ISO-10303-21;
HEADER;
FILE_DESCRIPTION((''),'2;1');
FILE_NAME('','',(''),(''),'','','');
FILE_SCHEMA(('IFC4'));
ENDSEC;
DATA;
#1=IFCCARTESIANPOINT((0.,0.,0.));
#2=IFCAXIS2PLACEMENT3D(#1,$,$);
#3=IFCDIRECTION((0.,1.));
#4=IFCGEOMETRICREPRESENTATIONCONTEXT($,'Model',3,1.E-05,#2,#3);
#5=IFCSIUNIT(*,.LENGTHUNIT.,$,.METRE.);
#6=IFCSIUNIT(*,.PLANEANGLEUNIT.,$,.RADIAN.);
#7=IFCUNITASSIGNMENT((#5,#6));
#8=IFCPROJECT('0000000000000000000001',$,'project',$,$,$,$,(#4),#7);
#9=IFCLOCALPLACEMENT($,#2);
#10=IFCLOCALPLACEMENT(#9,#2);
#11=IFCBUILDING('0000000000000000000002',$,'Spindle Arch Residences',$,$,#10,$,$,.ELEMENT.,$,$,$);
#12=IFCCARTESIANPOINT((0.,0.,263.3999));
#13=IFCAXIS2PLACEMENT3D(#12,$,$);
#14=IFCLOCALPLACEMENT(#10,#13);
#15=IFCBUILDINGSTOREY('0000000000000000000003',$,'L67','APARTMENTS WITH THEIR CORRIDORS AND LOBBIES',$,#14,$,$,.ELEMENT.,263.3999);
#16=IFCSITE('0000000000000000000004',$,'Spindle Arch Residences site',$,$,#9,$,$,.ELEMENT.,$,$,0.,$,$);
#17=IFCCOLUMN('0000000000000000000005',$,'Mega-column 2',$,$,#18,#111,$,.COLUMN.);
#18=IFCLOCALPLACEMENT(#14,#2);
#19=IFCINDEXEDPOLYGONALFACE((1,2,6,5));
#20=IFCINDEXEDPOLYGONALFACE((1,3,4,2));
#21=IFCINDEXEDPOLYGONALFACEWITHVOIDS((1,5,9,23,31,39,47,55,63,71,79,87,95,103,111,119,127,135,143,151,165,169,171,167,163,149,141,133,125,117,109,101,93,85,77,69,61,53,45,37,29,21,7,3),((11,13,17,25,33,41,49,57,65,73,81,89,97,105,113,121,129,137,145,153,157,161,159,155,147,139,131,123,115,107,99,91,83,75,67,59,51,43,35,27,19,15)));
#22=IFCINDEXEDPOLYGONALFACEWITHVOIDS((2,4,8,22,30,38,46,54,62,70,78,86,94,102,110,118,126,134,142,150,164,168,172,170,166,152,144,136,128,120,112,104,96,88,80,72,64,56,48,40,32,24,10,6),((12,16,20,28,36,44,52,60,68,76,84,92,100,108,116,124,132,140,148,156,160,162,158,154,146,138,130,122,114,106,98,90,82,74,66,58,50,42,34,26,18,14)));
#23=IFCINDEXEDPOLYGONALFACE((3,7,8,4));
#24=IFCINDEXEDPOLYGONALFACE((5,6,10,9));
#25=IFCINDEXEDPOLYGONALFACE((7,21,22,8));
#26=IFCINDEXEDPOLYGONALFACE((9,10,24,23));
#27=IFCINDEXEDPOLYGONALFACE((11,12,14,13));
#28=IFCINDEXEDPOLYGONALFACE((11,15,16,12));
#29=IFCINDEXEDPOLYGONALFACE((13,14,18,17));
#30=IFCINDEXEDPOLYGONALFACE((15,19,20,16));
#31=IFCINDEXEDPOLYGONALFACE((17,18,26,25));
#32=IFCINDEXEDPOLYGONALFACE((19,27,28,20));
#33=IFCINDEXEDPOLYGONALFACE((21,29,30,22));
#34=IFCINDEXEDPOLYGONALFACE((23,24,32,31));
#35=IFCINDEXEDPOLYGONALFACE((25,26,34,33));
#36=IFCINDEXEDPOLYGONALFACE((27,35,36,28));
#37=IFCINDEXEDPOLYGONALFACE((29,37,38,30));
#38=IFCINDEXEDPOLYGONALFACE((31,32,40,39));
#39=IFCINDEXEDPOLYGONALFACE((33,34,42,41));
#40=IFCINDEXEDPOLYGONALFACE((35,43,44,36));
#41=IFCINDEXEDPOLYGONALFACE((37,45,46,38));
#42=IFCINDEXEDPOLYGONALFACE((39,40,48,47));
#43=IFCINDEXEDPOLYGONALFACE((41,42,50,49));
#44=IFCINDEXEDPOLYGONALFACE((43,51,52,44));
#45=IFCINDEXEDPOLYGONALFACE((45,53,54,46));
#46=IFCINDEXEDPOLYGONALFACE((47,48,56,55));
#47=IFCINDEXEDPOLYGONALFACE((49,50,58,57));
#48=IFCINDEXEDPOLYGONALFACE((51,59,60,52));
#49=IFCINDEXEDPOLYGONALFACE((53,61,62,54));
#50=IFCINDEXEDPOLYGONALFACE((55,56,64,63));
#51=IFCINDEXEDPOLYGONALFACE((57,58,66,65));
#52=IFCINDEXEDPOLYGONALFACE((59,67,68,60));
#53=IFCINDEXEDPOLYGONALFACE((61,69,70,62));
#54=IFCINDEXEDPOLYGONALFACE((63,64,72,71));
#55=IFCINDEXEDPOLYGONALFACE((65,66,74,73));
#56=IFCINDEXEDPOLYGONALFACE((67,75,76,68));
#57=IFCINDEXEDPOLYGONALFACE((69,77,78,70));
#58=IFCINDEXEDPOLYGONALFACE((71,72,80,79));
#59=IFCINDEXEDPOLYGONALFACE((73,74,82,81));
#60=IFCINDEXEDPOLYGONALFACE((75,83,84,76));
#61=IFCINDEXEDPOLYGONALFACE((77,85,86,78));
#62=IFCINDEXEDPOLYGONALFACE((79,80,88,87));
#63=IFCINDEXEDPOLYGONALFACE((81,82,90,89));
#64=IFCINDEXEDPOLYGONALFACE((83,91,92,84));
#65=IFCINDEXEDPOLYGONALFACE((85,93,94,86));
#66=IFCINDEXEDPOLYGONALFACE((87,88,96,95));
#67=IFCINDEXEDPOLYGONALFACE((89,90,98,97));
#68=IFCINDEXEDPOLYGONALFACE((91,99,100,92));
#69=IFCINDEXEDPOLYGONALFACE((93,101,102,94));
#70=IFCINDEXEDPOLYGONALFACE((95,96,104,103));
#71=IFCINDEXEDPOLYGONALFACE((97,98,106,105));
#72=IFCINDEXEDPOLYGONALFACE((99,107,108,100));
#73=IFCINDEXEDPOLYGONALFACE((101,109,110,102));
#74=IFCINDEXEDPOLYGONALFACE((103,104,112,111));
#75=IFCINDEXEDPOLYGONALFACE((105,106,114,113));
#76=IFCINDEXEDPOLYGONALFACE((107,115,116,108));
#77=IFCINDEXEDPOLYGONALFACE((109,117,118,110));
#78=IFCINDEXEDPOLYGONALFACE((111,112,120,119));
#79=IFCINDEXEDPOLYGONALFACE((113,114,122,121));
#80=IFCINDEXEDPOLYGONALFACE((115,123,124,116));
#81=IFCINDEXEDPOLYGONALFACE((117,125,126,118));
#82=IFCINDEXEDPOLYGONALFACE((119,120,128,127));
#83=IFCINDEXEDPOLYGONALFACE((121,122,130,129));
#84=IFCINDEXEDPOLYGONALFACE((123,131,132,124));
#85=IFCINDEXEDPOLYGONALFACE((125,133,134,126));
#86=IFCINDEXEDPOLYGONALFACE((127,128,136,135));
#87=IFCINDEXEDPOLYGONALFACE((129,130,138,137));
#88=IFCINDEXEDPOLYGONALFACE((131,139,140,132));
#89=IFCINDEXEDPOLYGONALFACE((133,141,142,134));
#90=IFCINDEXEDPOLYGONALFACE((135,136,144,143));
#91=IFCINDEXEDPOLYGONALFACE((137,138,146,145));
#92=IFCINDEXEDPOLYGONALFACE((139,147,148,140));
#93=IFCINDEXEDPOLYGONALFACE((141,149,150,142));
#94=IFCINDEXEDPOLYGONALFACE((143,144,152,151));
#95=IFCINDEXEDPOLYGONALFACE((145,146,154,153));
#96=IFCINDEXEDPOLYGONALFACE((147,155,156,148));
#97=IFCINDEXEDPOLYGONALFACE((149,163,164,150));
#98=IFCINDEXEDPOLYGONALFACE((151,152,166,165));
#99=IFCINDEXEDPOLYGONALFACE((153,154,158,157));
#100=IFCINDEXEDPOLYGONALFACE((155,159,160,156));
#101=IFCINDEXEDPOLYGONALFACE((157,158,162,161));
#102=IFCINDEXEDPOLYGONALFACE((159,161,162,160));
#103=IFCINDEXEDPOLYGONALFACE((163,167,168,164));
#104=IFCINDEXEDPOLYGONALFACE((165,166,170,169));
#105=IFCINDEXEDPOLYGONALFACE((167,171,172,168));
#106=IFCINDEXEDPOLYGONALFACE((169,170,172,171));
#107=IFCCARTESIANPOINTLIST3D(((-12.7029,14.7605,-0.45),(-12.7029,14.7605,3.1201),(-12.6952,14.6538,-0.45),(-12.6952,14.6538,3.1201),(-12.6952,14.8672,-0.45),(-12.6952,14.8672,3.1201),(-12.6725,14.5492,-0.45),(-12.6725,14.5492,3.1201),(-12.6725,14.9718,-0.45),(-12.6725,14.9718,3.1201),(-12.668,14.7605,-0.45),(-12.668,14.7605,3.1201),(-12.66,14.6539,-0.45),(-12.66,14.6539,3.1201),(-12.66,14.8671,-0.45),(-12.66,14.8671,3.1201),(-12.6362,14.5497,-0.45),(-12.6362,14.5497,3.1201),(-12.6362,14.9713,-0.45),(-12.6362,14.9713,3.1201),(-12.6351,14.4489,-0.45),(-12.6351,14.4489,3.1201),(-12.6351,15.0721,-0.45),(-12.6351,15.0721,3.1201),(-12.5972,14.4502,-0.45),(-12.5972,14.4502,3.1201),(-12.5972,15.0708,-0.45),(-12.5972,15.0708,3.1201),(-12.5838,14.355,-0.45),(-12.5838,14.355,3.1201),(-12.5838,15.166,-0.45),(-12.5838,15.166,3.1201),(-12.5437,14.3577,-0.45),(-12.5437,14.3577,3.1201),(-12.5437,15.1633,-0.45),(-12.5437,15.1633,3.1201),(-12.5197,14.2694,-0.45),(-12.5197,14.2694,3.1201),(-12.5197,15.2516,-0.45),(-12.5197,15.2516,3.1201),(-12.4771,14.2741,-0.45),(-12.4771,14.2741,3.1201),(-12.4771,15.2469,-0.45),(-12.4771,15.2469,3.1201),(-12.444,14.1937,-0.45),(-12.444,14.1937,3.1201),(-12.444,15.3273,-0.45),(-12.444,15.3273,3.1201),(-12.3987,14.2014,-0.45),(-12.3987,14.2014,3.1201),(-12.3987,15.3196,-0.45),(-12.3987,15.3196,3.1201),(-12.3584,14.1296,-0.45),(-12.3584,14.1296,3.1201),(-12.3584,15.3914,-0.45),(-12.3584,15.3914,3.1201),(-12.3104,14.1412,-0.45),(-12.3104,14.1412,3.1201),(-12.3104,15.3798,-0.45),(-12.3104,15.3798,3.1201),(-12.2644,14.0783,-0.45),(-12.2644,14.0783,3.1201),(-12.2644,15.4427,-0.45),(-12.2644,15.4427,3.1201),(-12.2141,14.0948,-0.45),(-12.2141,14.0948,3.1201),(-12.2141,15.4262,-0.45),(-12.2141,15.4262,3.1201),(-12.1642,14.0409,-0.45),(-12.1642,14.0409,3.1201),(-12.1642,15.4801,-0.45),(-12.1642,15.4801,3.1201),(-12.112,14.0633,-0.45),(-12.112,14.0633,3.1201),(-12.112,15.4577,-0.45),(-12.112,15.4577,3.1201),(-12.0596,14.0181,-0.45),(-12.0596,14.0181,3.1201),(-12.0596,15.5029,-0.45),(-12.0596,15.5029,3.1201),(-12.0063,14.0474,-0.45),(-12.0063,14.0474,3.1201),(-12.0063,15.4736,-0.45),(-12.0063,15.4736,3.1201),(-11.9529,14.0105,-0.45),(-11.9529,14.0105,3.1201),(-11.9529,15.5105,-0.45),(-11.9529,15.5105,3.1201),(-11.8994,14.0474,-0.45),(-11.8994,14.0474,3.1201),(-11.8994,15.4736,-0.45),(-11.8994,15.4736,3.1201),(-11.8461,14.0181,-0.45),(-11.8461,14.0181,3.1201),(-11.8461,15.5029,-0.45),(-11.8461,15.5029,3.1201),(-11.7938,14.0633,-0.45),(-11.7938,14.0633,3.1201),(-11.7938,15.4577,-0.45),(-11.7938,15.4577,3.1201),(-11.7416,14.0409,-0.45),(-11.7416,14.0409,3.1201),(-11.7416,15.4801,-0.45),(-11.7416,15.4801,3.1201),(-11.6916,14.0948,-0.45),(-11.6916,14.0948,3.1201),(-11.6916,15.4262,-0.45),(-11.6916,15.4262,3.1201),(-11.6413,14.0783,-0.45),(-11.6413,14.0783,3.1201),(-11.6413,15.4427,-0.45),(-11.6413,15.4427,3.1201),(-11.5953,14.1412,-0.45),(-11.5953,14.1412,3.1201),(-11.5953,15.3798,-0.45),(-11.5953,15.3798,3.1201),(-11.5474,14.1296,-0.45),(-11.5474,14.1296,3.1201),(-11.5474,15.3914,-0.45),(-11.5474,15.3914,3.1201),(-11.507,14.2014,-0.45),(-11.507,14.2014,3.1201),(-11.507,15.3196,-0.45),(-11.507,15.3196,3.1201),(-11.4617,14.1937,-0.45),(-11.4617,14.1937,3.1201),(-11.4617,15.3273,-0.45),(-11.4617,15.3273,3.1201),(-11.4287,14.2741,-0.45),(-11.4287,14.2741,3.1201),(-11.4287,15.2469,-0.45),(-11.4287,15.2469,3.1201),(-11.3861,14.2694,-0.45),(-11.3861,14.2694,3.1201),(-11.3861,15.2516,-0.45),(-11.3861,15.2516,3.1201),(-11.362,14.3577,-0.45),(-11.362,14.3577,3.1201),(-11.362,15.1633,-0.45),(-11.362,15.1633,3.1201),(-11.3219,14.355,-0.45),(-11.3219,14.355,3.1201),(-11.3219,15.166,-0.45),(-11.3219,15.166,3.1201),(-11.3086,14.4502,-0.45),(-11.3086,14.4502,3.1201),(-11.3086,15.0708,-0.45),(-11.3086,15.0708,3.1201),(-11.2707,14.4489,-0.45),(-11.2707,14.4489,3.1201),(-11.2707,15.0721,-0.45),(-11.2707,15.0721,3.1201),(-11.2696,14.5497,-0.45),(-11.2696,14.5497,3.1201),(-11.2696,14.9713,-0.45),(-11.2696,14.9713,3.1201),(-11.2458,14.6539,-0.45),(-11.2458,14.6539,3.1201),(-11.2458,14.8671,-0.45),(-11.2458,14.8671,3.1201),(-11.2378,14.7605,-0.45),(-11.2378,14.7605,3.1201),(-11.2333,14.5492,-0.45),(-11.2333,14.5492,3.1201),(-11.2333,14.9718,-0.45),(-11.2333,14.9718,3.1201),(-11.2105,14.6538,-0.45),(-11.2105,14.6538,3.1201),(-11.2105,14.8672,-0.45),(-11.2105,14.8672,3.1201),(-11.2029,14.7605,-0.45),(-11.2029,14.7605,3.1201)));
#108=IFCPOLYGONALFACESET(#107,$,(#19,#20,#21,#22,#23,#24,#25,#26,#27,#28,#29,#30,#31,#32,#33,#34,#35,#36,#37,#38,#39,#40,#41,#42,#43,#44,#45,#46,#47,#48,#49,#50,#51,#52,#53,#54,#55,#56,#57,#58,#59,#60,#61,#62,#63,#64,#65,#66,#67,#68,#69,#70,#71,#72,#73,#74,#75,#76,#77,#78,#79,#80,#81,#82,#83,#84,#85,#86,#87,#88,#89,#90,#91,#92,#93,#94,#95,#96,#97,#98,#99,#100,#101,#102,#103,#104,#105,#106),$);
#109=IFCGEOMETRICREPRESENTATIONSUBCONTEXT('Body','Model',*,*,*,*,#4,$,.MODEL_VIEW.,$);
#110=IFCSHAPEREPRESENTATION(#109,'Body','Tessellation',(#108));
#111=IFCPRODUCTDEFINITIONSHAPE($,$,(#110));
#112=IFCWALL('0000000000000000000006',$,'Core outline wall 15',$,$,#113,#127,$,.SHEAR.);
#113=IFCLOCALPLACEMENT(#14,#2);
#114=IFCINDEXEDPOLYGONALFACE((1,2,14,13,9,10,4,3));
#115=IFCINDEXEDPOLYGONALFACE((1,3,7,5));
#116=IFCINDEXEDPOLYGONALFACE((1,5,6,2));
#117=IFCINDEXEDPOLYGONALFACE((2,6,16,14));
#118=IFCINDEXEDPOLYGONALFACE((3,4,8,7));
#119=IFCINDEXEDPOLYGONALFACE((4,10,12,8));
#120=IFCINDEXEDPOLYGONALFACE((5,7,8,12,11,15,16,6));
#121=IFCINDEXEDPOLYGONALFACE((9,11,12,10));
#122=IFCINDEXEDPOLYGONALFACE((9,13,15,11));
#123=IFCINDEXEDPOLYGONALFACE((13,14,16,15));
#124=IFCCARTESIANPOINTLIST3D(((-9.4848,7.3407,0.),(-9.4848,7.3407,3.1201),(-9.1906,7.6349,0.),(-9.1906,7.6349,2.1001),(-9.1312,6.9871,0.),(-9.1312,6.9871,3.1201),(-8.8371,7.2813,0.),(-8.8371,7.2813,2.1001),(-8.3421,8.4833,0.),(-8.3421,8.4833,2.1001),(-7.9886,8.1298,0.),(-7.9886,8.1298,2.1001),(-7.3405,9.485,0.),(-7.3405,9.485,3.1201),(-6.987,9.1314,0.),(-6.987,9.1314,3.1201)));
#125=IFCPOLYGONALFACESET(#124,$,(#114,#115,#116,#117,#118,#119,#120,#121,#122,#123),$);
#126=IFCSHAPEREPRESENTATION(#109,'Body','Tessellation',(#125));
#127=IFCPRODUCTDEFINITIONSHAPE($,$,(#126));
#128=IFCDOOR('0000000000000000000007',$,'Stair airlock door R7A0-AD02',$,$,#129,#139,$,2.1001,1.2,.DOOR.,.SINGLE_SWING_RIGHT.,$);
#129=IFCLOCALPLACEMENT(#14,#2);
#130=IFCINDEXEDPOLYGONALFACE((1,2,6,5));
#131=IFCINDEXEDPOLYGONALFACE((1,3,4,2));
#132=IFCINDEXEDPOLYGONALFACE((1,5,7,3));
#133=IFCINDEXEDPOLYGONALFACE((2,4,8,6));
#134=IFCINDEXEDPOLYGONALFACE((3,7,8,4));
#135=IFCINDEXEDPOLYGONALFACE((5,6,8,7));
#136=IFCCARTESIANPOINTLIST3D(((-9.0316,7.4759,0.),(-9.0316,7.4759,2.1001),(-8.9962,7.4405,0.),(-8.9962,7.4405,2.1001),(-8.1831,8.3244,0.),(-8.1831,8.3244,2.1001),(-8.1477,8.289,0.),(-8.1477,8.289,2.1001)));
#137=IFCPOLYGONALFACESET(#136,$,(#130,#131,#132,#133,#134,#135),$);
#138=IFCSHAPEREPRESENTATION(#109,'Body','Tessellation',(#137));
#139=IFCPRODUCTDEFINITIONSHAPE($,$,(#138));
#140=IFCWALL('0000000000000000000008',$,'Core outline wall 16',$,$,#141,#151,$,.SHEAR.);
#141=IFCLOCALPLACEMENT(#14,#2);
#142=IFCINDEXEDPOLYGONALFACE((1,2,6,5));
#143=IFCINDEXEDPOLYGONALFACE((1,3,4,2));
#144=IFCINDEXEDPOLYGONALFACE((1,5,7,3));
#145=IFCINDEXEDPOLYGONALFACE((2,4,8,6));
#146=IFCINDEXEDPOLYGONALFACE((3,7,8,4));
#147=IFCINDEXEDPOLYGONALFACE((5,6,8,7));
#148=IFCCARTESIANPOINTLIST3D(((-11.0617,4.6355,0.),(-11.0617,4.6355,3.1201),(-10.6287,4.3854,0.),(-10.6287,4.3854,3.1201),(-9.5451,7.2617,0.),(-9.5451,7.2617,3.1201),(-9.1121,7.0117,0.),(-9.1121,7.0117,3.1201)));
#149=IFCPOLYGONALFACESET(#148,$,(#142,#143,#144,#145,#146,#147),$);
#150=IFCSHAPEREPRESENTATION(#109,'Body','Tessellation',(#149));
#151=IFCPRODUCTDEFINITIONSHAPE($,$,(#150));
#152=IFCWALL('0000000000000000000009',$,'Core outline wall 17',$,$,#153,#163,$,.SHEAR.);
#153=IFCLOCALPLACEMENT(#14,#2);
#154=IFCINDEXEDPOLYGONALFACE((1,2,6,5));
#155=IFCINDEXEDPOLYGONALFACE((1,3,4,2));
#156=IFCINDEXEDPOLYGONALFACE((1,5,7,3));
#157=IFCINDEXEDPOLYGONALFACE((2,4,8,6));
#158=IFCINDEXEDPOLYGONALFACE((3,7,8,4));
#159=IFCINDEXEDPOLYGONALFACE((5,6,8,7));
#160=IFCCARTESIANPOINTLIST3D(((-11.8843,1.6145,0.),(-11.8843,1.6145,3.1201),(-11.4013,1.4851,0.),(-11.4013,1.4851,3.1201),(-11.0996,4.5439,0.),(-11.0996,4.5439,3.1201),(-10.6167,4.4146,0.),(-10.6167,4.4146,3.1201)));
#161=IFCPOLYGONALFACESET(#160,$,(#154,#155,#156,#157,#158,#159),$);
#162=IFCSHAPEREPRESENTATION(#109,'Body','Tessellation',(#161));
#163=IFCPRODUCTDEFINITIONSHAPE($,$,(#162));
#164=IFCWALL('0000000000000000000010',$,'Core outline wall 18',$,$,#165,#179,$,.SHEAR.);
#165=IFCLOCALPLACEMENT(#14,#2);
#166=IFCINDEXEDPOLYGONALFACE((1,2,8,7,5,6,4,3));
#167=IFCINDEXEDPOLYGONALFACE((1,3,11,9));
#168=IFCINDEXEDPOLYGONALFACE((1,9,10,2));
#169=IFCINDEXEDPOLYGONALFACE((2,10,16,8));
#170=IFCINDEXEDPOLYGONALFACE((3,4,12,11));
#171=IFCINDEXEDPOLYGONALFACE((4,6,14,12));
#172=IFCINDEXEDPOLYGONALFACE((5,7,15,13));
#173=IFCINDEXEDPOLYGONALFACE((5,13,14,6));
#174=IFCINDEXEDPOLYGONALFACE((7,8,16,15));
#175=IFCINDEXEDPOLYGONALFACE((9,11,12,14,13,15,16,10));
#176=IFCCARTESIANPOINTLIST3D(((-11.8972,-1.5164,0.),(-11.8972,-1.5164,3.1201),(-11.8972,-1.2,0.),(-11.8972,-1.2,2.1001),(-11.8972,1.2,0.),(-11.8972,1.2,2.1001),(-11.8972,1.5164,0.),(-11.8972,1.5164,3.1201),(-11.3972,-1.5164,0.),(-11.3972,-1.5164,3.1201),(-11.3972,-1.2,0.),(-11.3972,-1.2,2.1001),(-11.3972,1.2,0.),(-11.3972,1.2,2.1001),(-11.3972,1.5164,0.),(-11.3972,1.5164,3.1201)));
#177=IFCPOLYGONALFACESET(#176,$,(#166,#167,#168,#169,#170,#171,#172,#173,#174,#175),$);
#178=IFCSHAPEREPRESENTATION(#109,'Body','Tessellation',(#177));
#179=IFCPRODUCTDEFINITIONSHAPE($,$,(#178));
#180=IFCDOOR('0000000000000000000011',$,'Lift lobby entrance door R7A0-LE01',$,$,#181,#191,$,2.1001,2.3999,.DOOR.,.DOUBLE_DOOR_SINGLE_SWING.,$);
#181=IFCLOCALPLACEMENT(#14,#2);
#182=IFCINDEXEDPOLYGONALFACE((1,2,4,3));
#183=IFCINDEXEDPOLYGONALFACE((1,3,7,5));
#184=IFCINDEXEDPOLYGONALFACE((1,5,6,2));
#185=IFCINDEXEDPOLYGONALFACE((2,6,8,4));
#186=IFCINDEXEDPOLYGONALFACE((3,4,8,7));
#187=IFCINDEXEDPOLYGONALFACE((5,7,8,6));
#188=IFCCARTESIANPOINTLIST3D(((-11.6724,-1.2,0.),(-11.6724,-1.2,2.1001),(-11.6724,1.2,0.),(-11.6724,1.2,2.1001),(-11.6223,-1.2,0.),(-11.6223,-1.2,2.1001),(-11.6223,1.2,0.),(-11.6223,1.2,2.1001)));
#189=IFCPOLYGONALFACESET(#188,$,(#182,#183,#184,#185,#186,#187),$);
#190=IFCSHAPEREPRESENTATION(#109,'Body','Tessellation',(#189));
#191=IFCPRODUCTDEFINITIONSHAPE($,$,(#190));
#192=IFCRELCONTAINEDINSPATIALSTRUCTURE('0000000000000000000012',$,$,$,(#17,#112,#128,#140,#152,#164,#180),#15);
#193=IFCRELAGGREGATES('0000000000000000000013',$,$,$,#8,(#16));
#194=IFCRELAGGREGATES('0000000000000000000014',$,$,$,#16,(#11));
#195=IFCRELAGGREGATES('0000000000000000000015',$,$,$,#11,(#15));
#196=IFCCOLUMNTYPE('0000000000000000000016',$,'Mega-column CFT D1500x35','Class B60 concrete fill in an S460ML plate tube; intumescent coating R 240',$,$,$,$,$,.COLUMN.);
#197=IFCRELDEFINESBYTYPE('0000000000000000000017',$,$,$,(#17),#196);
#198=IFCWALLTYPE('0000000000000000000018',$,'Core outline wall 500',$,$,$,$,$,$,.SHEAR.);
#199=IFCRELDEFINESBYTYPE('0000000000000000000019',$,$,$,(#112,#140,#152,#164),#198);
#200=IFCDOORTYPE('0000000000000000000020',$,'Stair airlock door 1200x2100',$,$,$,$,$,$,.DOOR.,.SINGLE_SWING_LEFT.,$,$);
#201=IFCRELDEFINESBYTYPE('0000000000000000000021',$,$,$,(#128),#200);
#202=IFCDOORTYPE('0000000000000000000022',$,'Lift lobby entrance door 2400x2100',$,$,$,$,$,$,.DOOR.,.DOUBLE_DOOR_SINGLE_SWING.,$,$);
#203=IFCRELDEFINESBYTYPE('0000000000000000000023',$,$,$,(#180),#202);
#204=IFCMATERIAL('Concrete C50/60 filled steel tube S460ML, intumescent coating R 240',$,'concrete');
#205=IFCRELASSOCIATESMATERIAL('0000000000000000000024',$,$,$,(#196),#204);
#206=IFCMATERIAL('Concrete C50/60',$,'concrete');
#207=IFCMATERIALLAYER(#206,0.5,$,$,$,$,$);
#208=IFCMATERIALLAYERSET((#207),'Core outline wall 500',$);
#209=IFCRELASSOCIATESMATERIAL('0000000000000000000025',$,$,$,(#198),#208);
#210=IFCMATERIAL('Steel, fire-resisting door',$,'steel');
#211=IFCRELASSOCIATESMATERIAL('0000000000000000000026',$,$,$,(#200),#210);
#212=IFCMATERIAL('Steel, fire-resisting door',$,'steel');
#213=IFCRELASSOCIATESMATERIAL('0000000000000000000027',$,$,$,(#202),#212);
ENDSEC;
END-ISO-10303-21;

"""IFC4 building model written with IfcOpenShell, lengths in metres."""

from ifc_helpers import new_model, si_unit, direction, frame, frame_2d, origin, origin_2d, place, context, subcontext, project, spatial, rectangle, hollow_circle, extrude, material, layer, layer_set, material_profile, profile_set, type_object, element, fill, save


model = new_model("IFC4")

# Units and contexts
model_context = context("Model", 3, precision=1e-05, world=origin(), true_north=direction((0.0, 1.0)))
body_context = subcontext(model_context, "Body", "Model", "MODEL_VIEW")
ifc_project = project(units=[si_unit("LENGTHUNIT", "METRE"), si_unit("PLANEANGLEUNIT", "RADIAN")], contexts=[model_context])

# Site, building, storey
site_placement = place(None, origin())
site = spatial("IfcSite", under=ifc_project, at=site_placement, Name="Spindle Arch Residences site", CompositionType="ELEMENT", RefElevation=0.0)
building_placement = place(site_placement, origin())
building = spatial("IfcBuilding", under=site, at=building_placement, Name="Spindle Arch Residences", CompositionType="ELEMENT")
storey_placement = place(building_placement, frame((0.0, 0.0, 263.3999)))
storey = spatial("IfcBuildingStorey", under=building, at=storey_placement, Name="L67", Description="APARTMENTS WITH THEIR CORRIDORS AND LOBBIES", CompositionType="ELEMENT", Elevation=263.3999)

# Column
ifc_material_1 = material(Name="Concrete C50/60 filled steel tube S460ML, intumescent coating R 240", Category="concrete")
ifc_material_profile = material_profile(ifc_material_1, hollow_circle(Radius=0.75, WallThickness=0.0349, at=origin_2d()), Name="CFT D1500x35")
ifc_profile_set = profile_set([ifc_material_profile], Name="Concrete C50/60 filled steel tube S460ML, intumescent coating R 240")
column_type = type_object("IfcColumnType", Name="Mega-column CFT D1500x35", Description="Class B60 concrete fill in an S460ML plate tube; intumescent coating R 240", PredefinedType="COLUMN", material=ifc_profile_set)
column_placement = place(storey_placement, frame((-11.9529, 14.7605, -0.45), z_axis=(0.0, 0.0, 1.0), x_axis=(1.0, 0.0, 0.0)))
element("IfcColumn", 1, at=column_placement, inside=storey, type_object=column_type, Name="Mega-column 2", PredefinedType="COLUMN", context=body_context, shape_type="SweptSolid", body=[
    extrude(hollow_circle(Radius=0.75, WallThickness=0.0349, at=origin_2d()), origin(), (0.0, 0.0, 1.0), 3.5701),
])

# Wall, opening, door
ifc_material_2 = material(Name="Concrete C50/60", Category="concrete")
ifc_layer_1 = layer(ifc_material_2, 0.5)
ifc_layer_set_1 = layer_set([ifc_layer_1], Name="Core outline wall 500")
wall_type_1 = type_object("IfcWallType", Name="Core outline wall 500", PredefinedType="SHEAR", material=ifc_layer_set_1)
wall_1_placement = place(storey_placement, frame((-7.1638, 9.3081, 0.0), z_axis=(0.0, 0.0, 1.0), x_axis=(-0.707107, -0.707107, 0.0)))
wall_1 = element("IfcWall", 2, at=wall_1_placement, inside=storey, type_object=wall_type_1, Name="Core outline wall 15", PredefinedType="SHEAR", context=body_context, shape_type="SweptSolid", body=[
    extrude(rectangle(XDim=3.0325, YDim=0.5, at=frame_2d((1.5161, 0.0))), origin(), (0.0, 0.0, 1.0), 3.1201),
])
opening_1_placement = place(wall_1_placement, frame((1.4163, 0.0, 0.0)))
opening_1 = element("IfcOpeningElement", 3, at=opening_1_placement, cuts=wall_1, PredefinedType="OPENING", context=body_context, shape_type="SweptSolid", body=[
    extrude(rectangle(XDim=1.2, YDim=2.1001, at=frame_2d((0.6001, 1.05))), frame((0.0, 0.26, 0.0), z_axis=(0.0, -1.0, 0.0), x_axis=(1.0, 0.0, 0.0)), (0.0, 0.0, 1.0), 0.52),
])
ifc_material_3 = material(Name="Steel, fire-resisting door", Category="steel")
door_type_1 = type_object("IfcDoorType", Name="Stair airlock door 1200x2100", OperationType="SINGLE_SWING_LEFT", PredefinedType="DOOR", material=ifc_material_3)
door_1_placement = place(opening_1_placement, origin())
door_1 = element("IfcDoor", 4, at=door_1_placement, inside=storey, type_object=door_type_1, Name="Stair airlock door R7A0-AD02", OperationType="SINGLE_SWING_RIGHT", OverallHeight=2.1001, OverallWidth=1.2, PredefinedType="DOOR", context=body_context, shape_type="SweptSolid", body=[
    extrude(rectangle(XDim=1.2, YDim=2.1001, at=frame_2d((0.6001, 1.05))), frame((0.0, 0.0249, 0.0), z_axis=(0.0, -1.0, 0.0), x_axis=(1.0, 0.0, 0.0)), (0.0, 0.0, 1.0), 0.05),
])
fill(opening_1, door_1)

# Walls
for number, where, z_axis, x_axis, name in (
    (5, (-9.3286, 7.1367, 0.0), (0.0, 0.0, 1.0), (-0.500087, -0.865975, 0.0), "Core outline wall 16"),
    (6, (-10.8582, 4.4792, 0.0), (0.0, 0.0, 1.0), (-0.258735, -0.965948, 0.0), "Core outline wall 17"),
):
    element("IfcWall", number, at=place(storey_placement, frame(where, z_axis=z_axis, x_axis=x_axis)), inside=storey, type_object=wall_type_1, Name=name, PredefinedType="SHEAR", context=body_context, shape_type="SweptSolid", body=[
        extrude(rectangle(XDim=3.0327, YDim=0.5, at=frame_2d((1.5164, 0.0))), origin(), (0.0, 0.0, 1.0), 3.1201),
    ])

# Wall, opening, door
wall_2_placement = place(storey_placement, frame((-11.6472, 1.5164, 0.0), z_axis=(0.0, 0.0, 1.0), x_axis=(0.0, -1.0, 0.0)))
wall_2 = element("IfcWall", 7, at=wall_2_placement, inside=storey, type_object=wall_type_1, Name="Core outline wall 18", PredefinedType="SHEAR", context=body_context, shape_type="SweptSolid", body=[
    extrude(rectangle(XDim=3.0327, YDim=0.5, at=frame_2d((1.5164, 0.0))), origin(), (0.0, 0.0, 1.0), 3.1201),
])
opening_2_placement = place(wall_2_placement, frame((0.3164, 0.0, 0.0)))
opening_2 = element("IfcOpeningElement", 8, at=opening_2_placement, cuts=wall_2, PredefinedType="OPENING", context=body_context, shape_type="SweptSolid", body=[
    extrude(rectangle(XDim=2.3999, YDim=2.1001, at=frame_2d((1.2, 1.05))), frame((0.0, 0.26, 0.0), z_axis=(0.0, -1.0, 0.0), x_axis=(1.0, 0.0, 0.0)), (0.0, 0.0, 1.0), 0.52),
])
ifc_material_4 = material(Name="Steel, fire-resisting door", Category="steel")
door_type_2 = type_object("IfcDoorType", Name="Lift lobby entrance door 2400x2100", OperationType="DOUBLE_DOOR_SINGLE_SWING", PredefinedType="DOOR", material=ifc_material_4)
door_2_placement = place(opening_2_placement, origin())
door_2 = element("IfcDoor", 9, at=door_2_placement, inside=storey, type_object=door_type_2, Name="Lift lobby entrance door R7A0-LE01", OperationType="DOUBLE_DOOR_SINGLE_SWING", OverallHeight=2.1001, OverallWidth=2.3999, PredefinedType="DOOR", context=body_context, shape_type="SweptSolid", body=[
    extrude(rectangle(XDim=2.3999, YDim=2.1001, at=frame_2d((1.2, 1.05))), frame((0.0, 0.0249, 0.0), z_axis=(0.0, -1.0, 0.0), x_axis=(1.0, 0.0, 0.0)), (0.0, 0.0, 1.0), 0.05),
])
fill(opening_2, door_2)

save(model, "model.ifc")
